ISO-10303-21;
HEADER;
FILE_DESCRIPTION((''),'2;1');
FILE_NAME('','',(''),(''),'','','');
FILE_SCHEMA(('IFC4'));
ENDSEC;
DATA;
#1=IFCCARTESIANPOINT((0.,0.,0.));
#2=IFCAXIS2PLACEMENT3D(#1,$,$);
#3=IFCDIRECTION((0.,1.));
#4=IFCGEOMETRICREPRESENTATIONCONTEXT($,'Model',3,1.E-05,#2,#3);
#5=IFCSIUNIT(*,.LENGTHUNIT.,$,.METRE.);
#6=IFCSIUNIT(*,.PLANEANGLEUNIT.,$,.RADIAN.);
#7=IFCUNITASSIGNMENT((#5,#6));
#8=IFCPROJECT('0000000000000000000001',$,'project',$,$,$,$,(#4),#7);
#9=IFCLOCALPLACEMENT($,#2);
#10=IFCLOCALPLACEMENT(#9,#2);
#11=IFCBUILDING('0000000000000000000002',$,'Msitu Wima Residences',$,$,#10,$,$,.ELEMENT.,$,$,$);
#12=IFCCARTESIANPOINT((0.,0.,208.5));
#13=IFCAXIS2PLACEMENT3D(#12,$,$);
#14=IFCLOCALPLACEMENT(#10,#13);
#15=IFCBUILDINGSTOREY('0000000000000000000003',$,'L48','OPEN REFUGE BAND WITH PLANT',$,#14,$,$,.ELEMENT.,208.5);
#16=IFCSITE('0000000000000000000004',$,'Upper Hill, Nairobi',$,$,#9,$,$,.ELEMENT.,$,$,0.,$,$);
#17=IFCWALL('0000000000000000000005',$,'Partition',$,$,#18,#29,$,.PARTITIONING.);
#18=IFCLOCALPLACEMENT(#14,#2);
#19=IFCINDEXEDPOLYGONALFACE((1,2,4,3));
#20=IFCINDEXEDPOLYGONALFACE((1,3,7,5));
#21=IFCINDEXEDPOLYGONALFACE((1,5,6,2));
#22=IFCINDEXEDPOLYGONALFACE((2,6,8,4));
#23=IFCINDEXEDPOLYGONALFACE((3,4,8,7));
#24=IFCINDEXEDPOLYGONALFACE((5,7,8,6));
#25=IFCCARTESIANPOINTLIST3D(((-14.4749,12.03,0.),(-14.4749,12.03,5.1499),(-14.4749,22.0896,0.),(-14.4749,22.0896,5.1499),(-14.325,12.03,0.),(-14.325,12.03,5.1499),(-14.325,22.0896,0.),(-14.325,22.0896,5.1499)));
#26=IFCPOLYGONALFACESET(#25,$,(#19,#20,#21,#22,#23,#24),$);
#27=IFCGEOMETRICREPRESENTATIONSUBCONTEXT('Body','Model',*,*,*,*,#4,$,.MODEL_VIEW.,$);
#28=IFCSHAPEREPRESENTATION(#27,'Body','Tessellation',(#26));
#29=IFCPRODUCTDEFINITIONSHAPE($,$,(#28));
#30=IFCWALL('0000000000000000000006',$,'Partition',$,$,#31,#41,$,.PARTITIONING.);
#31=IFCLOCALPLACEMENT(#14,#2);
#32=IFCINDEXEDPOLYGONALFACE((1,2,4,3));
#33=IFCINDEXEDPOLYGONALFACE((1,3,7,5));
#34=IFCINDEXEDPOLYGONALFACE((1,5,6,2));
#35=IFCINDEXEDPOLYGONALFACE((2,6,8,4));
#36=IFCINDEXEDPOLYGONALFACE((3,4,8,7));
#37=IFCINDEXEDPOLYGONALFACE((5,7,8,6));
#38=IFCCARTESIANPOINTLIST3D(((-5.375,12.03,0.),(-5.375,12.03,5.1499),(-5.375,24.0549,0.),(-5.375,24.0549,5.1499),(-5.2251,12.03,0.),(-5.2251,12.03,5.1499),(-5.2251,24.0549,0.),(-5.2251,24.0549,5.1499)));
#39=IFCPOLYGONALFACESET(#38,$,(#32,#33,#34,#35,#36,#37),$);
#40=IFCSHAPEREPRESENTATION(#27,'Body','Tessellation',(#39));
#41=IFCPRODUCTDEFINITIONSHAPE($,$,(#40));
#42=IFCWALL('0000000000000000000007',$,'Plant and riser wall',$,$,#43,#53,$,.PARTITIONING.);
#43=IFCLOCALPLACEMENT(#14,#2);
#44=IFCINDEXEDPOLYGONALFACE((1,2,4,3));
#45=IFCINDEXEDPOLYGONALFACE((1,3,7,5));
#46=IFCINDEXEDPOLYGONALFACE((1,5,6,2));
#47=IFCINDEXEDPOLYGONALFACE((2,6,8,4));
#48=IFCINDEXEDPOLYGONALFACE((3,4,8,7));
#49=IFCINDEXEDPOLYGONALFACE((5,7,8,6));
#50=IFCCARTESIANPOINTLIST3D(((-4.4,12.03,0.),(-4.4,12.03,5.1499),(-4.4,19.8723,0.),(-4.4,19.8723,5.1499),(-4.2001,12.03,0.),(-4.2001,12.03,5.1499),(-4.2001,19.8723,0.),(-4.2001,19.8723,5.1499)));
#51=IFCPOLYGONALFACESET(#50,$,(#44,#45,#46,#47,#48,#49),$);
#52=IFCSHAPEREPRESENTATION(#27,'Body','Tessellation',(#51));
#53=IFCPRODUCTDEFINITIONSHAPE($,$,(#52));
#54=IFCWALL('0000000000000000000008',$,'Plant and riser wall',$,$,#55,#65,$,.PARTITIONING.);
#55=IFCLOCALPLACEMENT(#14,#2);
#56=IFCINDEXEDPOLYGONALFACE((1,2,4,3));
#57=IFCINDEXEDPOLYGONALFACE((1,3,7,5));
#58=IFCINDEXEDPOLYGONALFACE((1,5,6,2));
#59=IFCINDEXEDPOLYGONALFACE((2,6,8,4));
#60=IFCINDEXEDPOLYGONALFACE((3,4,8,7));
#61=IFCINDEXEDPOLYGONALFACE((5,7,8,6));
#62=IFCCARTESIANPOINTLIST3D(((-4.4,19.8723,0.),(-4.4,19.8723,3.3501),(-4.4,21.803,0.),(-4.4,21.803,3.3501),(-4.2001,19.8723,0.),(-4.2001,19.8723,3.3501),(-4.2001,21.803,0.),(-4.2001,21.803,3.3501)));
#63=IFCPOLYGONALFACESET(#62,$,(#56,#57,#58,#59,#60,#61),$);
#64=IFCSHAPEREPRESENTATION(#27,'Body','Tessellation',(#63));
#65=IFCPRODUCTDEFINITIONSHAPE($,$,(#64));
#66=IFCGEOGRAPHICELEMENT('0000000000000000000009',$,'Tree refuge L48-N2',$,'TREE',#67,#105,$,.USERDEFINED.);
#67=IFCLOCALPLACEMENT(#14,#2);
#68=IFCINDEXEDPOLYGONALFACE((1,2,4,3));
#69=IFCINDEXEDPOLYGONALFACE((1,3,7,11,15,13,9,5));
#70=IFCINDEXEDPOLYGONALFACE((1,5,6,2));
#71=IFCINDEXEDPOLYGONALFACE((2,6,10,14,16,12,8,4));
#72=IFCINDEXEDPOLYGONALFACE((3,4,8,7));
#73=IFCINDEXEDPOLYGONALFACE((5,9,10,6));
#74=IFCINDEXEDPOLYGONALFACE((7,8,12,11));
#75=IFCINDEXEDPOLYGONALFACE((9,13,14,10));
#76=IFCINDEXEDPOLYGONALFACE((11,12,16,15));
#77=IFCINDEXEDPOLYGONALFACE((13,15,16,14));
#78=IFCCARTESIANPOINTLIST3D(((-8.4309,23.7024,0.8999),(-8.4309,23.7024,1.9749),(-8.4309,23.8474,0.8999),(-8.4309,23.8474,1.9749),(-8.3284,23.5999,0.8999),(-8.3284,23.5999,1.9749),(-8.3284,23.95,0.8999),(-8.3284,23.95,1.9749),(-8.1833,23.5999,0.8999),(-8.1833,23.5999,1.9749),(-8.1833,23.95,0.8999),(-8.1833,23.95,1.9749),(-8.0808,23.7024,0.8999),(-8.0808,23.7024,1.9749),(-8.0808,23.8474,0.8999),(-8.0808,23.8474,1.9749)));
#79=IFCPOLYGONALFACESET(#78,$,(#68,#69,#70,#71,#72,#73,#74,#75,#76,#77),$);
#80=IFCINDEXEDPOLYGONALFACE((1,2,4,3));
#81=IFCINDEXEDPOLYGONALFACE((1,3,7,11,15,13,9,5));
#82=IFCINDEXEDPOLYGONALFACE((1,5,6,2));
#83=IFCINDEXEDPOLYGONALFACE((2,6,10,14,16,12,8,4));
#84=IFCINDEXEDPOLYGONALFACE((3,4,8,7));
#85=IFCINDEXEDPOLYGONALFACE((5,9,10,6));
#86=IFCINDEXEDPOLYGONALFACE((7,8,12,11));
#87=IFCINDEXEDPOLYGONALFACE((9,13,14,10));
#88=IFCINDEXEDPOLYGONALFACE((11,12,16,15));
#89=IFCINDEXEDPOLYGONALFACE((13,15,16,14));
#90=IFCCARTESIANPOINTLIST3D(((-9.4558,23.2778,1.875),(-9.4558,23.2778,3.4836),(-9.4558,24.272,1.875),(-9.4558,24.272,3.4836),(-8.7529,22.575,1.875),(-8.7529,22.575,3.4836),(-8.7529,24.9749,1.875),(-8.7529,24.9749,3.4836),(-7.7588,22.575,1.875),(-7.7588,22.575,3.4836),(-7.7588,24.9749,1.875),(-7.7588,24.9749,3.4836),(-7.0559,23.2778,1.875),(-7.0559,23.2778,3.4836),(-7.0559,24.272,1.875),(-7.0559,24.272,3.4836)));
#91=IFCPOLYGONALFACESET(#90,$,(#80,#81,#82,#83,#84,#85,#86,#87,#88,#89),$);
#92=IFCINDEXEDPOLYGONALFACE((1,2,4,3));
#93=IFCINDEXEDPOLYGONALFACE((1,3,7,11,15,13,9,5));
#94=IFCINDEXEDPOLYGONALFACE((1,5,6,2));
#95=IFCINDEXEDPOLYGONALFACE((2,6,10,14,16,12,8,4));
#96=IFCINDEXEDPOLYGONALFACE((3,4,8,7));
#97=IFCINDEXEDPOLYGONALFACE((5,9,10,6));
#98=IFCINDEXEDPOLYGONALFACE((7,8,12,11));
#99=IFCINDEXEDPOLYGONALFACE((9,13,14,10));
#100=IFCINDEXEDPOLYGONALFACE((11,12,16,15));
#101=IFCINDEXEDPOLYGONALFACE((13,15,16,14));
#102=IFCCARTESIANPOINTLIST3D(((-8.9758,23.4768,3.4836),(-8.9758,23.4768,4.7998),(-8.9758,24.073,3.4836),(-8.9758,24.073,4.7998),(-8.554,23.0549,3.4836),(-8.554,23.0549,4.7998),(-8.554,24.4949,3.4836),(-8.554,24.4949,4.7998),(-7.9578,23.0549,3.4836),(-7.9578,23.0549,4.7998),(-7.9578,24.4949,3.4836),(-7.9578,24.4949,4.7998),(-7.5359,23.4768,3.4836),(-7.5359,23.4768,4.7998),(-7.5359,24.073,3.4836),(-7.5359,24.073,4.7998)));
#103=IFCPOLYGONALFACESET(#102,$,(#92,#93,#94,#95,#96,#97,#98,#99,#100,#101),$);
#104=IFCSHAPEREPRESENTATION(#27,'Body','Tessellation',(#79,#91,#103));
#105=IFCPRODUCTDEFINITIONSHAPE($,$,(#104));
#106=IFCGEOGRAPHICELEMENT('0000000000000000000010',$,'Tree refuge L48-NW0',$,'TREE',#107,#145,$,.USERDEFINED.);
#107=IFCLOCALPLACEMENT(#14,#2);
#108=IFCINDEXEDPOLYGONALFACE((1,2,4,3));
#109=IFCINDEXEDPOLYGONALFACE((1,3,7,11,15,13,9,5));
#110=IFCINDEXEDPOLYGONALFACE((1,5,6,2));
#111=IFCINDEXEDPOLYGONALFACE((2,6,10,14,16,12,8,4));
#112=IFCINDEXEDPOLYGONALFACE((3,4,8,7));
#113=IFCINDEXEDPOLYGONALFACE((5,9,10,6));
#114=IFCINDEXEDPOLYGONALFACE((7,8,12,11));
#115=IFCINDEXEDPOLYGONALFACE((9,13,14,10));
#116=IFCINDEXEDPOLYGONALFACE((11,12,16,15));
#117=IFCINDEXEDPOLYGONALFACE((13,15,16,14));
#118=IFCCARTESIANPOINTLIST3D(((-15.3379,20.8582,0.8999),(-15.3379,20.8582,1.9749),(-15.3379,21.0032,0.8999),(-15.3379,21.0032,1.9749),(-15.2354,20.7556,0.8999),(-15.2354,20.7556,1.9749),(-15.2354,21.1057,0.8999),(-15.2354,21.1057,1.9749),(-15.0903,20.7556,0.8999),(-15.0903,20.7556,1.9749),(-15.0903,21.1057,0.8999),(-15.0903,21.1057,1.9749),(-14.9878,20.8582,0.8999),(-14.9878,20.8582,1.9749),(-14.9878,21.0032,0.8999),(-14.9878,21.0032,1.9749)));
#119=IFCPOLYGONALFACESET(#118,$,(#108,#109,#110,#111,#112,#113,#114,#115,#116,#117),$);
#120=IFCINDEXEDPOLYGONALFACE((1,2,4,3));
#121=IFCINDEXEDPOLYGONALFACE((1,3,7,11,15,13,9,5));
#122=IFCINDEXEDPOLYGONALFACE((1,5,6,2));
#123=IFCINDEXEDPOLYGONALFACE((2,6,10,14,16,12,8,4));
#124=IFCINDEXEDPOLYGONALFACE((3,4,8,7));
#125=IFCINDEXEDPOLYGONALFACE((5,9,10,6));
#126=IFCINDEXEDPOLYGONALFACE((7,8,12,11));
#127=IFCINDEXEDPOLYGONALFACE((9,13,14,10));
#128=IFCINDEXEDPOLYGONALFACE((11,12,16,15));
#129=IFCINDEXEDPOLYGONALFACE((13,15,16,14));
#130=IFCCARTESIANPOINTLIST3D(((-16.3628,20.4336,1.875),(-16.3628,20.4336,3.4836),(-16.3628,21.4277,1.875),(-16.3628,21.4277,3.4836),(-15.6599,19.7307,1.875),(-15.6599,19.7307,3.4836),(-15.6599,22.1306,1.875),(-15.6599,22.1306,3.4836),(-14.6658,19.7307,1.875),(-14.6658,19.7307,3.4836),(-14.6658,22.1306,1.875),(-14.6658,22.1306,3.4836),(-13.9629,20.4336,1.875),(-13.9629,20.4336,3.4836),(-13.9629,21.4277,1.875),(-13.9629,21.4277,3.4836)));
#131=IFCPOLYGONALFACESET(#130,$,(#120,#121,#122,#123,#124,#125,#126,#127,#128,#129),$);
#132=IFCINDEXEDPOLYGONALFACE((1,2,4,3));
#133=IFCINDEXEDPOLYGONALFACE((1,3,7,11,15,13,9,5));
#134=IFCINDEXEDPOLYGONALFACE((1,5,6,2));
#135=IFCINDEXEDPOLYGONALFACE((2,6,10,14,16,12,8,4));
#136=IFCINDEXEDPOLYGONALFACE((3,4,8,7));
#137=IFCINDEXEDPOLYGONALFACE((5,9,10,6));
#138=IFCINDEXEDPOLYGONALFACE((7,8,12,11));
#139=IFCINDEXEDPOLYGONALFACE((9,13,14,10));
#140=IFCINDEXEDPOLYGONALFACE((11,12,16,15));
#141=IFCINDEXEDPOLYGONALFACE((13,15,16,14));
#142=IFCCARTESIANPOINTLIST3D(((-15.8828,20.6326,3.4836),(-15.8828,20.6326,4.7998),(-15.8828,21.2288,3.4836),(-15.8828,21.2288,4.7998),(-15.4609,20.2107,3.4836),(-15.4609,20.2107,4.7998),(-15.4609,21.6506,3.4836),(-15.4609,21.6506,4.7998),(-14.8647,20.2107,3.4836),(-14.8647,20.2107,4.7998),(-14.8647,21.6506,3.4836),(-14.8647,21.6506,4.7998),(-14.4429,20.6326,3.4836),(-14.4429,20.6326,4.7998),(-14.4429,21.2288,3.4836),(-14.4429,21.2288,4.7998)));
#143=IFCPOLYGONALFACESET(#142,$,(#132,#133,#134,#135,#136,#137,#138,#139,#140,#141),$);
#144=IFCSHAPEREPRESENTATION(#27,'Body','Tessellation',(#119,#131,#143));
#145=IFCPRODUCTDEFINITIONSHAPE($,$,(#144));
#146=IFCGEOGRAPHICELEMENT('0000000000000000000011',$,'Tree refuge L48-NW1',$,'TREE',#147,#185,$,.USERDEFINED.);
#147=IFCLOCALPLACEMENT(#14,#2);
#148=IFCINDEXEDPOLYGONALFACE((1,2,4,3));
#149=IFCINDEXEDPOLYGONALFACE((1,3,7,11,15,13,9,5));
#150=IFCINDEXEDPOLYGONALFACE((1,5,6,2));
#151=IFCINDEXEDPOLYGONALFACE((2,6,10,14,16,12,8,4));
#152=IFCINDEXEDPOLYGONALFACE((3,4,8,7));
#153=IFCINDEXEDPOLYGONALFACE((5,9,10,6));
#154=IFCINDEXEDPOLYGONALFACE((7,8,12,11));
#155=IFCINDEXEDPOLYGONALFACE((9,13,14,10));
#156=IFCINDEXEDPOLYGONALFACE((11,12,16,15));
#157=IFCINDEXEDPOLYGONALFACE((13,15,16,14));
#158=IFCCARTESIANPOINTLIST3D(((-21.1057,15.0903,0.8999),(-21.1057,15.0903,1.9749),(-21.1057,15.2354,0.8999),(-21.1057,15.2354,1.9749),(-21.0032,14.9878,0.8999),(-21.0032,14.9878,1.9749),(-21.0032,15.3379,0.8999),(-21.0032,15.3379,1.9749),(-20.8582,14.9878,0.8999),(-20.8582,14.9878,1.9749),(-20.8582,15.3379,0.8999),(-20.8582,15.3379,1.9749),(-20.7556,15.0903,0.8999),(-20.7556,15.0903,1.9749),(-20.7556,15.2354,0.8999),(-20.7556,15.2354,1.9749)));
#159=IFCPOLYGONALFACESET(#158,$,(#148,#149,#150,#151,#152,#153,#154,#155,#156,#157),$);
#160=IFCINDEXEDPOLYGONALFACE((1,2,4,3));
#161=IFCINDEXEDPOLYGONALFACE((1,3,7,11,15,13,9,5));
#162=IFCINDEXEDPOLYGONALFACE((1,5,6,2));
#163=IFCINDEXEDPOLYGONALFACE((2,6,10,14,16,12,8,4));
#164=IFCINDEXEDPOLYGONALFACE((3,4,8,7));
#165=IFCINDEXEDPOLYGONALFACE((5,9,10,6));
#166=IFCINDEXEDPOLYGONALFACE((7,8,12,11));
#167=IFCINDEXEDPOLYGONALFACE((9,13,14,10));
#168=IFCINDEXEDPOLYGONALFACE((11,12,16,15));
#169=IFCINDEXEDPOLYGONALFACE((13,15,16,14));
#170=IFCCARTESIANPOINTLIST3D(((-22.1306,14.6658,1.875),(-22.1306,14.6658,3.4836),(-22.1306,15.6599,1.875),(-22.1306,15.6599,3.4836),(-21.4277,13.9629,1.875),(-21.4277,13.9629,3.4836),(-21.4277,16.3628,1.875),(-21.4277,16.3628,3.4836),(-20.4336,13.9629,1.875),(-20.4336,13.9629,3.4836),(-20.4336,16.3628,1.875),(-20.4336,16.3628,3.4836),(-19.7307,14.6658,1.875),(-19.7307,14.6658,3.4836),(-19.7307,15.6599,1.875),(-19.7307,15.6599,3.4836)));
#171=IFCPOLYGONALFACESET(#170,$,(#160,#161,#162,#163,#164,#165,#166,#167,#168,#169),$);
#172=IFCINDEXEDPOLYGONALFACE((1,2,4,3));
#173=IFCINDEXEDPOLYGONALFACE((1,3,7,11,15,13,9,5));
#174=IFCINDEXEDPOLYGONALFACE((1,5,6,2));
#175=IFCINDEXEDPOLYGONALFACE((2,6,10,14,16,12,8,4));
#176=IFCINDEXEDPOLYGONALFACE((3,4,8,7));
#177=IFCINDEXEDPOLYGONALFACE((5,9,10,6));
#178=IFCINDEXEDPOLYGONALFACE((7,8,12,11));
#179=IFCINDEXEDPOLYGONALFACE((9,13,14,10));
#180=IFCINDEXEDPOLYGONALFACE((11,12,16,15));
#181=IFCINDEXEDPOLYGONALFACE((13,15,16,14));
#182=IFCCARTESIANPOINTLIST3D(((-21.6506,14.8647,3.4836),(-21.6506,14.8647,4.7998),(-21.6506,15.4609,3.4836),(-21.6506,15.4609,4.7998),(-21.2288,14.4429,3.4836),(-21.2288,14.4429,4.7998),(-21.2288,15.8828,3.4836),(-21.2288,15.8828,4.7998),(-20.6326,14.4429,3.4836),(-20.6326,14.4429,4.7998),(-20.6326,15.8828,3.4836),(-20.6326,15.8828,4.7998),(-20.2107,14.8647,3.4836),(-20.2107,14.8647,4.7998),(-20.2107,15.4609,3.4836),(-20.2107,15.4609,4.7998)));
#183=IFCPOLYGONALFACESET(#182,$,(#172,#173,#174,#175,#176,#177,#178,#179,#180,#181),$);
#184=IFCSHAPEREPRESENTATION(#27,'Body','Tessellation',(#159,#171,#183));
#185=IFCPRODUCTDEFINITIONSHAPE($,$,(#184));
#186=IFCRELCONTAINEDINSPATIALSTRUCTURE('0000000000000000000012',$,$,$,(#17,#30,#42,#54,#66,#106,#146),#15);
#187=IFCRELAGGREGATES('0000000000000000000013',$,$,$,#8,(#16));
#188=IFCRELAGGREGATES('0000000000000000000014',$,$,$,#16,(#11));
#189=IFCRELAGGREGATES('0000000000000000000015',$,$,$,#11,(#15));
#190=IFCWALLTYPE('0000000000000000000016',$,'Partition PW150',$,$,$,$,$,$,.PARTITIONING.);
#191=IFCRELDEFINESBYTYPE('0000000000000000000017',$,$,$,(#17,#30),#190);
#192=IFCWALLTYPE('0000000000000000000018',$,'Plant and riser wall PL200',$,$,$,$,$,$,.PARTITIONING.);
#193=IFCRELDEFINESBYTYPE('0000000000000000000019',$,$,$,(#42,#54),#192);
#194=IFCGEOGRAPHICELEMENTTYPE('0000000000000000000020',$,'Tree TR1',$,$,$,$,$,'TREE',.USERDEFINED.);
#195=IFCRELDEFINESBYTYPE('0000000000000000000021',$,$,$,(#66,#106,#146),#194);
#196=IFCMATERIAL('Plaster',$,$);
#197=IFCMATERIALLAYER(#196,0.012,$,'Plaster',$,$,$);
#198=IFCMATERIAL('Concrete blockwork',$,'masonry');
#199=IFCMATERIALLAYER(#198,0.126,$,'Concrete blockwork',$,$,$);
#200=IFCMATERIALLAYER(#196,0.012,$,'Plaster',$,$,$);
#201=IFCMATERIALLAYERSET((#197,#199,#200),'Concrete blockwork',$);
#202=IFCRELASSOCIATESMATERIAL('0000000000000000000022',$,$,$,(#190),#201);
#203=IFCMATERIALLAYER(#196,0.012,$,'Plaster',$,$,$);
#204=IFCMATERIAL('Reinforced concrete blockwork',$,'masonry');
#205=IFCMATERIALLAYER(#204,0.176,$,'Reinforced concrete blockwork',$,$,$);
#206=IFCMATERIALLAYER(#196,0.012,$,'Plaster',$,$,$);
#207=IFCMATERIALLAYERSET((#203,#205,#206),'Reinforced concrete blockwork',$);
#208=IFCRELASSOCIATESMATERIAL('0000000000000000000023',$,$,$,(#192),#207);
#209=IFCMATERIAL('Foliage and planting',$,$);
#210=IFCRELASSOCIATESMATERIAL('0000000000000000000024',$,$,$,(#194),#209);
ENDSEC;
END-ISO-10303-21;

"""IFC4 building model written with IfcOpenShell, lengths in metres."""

from ifc_helpers import new_model, si_unit, direction, frame, frame_2d, origin, place, context, subcontext, project, spatial, polyline, rectangle, outline, extrude, material, layer, layer_set, type_object, element, save


model = new_model("IFC4")

# Units and contexts
model_context = context("Model", 3, precision=1e-05, world=origin(), true_north=direction((0.0, 1.0)))
body_context = subcontext(model_context, "Body", "Model", "MODEL_VIEW")
ifc_project = project(units=[si_unit("LENGTHUNIT", "METRE"), si_unit("PLANEANGLEUNIT", "RADIAN")], contexts=[model_context])

# Site, building, storey
site_placement = place(None, origin())
site = spatial("IfcSite", under=ifc_project, at=site_placement, Name="Upper Hill, Nairobi", CompositionType="ELEMENT", RefElevation=0.0)
building_placement = place(site_placement, origin())
building = spatial("IfcBuilding", under=site, at=building_placement, Name="Msitu Wima Residences", CompositionType="ELEMENT")
storey_placement = place(building_placement, frame((0.0, 0.0, 208.5)))
storey = spatial("IfcBuildingStorey", under=building, at=storey_placement, Name="L48", Description="OPEN REFUGE BAND WITH PLANT", CompositionType="ELEMENT", Elevation=208.5)

# Walls
ifc_material_1 = material(Name="Plaster")
ifc_layer_1 = layer(ifc_material_1, 0.012, Name="Plaster")
ifc_material_2 = material(Name="Concrete blockwork", Category="masonry")
ifc_layer_2 = layer(ifc_material_2, 0.126, Name="Concrete blockwork")
ifc_layer_3 = layer(ifc_material_1, 0.012, Name="Plaster")
ifc_layer_set_1 = layer_set([ifc_layer_1, ifc_layer_2, ifc_layer_3], Name="Concrete blockwork")
wall_type_1 = type_object("IfcWallType", Name="Partition PW150", PredefinedType="PARTITIONING", material=ifc_layer_set_1)
wall_1_placement = place(storey_placement, frame((-14.3999, 12.03, 0.0), z_axis=(0.0, 0.0, 1.0), x_axis=(0.0, 1.0, 0.0)))
element("IfcWall", 1, at=wall_1_placement, inside=storey, type_object=wall_type_1, Name="Partition", PredefinedType="PARTITIONING", context=body_context, shape_type="SweptSolid", body=[
    extrude(rectangle(XDim=10.0596, YDim=0.1499, at=frame_2d((5.0298, 0.0))), origin(), (0.0, 0.0, 1.0), 5.1499),
])
wall_2_placement = place(storey_placement, frame((-5.3, 12.03, 0.0), z_axis=(0.0, 0.0, 1.0), x_axis=(0.0, 1.0, 0.0)))
element("IfcWall", 2, at=wall_2_placement, inside=storey, type_object=wall_type_1, Name="Partition", PredefinedType="PARTITIONING", context=body_context, shape_type="SweptSolid", body=[
    extrude(rectangle(XDim=12.0249, YDim=0.1499, at=frame_2d((6.0125, 0.0))), origin(), (0.0, 0.0, 1.0), 5.1499),
])
ifc_layer_4 = layer(ifc_material_1, 0.012, Name="Plaster")
ifc_material_3 = material(Name="Reinforced concrete blockwork", Category="masonry")
ifc_layer_5 = layer(ifc_material_3, 0.176, Name="Reinforced concrete blockwork")
ifc_layer_6 = layer(ifc_material_1, 0.012, Name="Plaster")
ifc_layer_set_2 = layer_set([ifc_layer_4, ifc_layer_5, ifc_layer_6], Name="Reinforced concrete blockwork")
wall_type_2 = type_object("IfcWallType", Name="Plant and riser wall PL200", PredefinedType="PARTITIONING", material=ifc_layer_set_2)
wall_3_placement = place(storey_placement, frame((-4.3, 12.03, 0.0), z_axis=(0.0, 0.0, 1.0), x_axis=(0.0, 1.0, 0.0)))
element("IfcWall", 3, at=wall_3_placement, inside=storey, type_object=wall_type_2, Name="Plant and riser wall", PredefinedType="PARTITIONING", context=body_context, shape_type="SweptSolid", body=[
    extrude(rectangle(XDim=7.8423, YDim=0.2, at=frame_2d((3.9211, 0.0))), origin(), (0.0, 0.0, 1.0), 5.1499),
])
wall_4_placement = place(storey_placement, frame((-4.3, 19.8723, 0.0), z_axis=(0.0, 0.0, 1.0), x_axis=(0.0, 1.0, 0.0)))
element("IfcWall", 4, at=wall_4_placement, inside=storey, type_object=wall_type_2, Name="Plant and riser wall", PredefinedType="PARTITIONING", context=body_context, shape_type="SweptSolid", body=[
    extrude(rectangle(XDim=1.9307, YDim=0.2, at=frame_2d((0.9653, 0.0))), origin(), (0.0, 0.0, 1.0), 3.3501),
])

# Geographic elements
ifc_material_4 = material(Name="Foliage and planting")
geographic_element_type = type_object("IfcGeographicElementType", Name="Tree TR1", ElementType="TREE", PredefinedType="USERDEFINED", material=ifc_material_4)
for number, where, z_axis, x_axis, name in (
    (5, (-8.2559, 23.7749, 0.8999), (0.0, 0.0, 1.0), (1.0, 0.0, 0.0), "Tree refuge L48-N2"),
    (6, (-15.1628, 20.9307, 0.8999), (0.0, 0.0, 1.0), (1.0, 0.0, 0.0), "Tree refuge L48-NW0"),
    (7, (-20.9307, 15.1628, 0.8999), (0.0, 0.0, 1.0), (1.0, 0.0, 0.0), "Tree refuge L48-NW1"),
):
    element("IfcGeographicElement", number, at=place(storey_placement, frame(where, z_axis=z_axis, x_axis=x_axis)), inside=storey, type_object=geographic_element_type, Name=name, ObjectType="TREE", PredefinedType="USERDEFINED", context=body_context, shape_type="SweptSolid", body=[
        extrude(outline(polyline([(0.175, 0.0725), (0.0725, 0.175), (-0.0725, 0.175), (-0.175, 0.0725), (-0.175, -0.0725), (-0.0725, -0.175), (0.0725, -0.175), (0.175, -0.0725), (0.175, 0.0725)])), origin(), (0.0, 0.0, 1.0), 1.075),
        extrude(outline(polyline([(1.2, 0.4971), (0.4971, 1.2), (-0.4971, 1.2), (-1.2, 0.4971), (-1.2, -0.4971), (-0.4971, -1.2), (0.4971, -1.2), (1.2, -0.4971), (1.2, 0.4971)])), frame((0.0, 0.0, 0.9751)), (0.0, 0.0, 1.0), 1.6086),
        extrude(outline(polyline([(0.72, 0.2981), (0.2981, 0.72), (-0.2981, 0.72), (-0.72, 0.2981), (-0.72, -0.2981), (-0.2981, -0.72), (0.2981, -0.72), (0.72, -0.2981), (0.72, 0.2981)])), frame((0.0, 0.0, 2.5837)), (0.0, 0.0, 1.0), 1.3162),
    ])

save(model, "model.ifc")
